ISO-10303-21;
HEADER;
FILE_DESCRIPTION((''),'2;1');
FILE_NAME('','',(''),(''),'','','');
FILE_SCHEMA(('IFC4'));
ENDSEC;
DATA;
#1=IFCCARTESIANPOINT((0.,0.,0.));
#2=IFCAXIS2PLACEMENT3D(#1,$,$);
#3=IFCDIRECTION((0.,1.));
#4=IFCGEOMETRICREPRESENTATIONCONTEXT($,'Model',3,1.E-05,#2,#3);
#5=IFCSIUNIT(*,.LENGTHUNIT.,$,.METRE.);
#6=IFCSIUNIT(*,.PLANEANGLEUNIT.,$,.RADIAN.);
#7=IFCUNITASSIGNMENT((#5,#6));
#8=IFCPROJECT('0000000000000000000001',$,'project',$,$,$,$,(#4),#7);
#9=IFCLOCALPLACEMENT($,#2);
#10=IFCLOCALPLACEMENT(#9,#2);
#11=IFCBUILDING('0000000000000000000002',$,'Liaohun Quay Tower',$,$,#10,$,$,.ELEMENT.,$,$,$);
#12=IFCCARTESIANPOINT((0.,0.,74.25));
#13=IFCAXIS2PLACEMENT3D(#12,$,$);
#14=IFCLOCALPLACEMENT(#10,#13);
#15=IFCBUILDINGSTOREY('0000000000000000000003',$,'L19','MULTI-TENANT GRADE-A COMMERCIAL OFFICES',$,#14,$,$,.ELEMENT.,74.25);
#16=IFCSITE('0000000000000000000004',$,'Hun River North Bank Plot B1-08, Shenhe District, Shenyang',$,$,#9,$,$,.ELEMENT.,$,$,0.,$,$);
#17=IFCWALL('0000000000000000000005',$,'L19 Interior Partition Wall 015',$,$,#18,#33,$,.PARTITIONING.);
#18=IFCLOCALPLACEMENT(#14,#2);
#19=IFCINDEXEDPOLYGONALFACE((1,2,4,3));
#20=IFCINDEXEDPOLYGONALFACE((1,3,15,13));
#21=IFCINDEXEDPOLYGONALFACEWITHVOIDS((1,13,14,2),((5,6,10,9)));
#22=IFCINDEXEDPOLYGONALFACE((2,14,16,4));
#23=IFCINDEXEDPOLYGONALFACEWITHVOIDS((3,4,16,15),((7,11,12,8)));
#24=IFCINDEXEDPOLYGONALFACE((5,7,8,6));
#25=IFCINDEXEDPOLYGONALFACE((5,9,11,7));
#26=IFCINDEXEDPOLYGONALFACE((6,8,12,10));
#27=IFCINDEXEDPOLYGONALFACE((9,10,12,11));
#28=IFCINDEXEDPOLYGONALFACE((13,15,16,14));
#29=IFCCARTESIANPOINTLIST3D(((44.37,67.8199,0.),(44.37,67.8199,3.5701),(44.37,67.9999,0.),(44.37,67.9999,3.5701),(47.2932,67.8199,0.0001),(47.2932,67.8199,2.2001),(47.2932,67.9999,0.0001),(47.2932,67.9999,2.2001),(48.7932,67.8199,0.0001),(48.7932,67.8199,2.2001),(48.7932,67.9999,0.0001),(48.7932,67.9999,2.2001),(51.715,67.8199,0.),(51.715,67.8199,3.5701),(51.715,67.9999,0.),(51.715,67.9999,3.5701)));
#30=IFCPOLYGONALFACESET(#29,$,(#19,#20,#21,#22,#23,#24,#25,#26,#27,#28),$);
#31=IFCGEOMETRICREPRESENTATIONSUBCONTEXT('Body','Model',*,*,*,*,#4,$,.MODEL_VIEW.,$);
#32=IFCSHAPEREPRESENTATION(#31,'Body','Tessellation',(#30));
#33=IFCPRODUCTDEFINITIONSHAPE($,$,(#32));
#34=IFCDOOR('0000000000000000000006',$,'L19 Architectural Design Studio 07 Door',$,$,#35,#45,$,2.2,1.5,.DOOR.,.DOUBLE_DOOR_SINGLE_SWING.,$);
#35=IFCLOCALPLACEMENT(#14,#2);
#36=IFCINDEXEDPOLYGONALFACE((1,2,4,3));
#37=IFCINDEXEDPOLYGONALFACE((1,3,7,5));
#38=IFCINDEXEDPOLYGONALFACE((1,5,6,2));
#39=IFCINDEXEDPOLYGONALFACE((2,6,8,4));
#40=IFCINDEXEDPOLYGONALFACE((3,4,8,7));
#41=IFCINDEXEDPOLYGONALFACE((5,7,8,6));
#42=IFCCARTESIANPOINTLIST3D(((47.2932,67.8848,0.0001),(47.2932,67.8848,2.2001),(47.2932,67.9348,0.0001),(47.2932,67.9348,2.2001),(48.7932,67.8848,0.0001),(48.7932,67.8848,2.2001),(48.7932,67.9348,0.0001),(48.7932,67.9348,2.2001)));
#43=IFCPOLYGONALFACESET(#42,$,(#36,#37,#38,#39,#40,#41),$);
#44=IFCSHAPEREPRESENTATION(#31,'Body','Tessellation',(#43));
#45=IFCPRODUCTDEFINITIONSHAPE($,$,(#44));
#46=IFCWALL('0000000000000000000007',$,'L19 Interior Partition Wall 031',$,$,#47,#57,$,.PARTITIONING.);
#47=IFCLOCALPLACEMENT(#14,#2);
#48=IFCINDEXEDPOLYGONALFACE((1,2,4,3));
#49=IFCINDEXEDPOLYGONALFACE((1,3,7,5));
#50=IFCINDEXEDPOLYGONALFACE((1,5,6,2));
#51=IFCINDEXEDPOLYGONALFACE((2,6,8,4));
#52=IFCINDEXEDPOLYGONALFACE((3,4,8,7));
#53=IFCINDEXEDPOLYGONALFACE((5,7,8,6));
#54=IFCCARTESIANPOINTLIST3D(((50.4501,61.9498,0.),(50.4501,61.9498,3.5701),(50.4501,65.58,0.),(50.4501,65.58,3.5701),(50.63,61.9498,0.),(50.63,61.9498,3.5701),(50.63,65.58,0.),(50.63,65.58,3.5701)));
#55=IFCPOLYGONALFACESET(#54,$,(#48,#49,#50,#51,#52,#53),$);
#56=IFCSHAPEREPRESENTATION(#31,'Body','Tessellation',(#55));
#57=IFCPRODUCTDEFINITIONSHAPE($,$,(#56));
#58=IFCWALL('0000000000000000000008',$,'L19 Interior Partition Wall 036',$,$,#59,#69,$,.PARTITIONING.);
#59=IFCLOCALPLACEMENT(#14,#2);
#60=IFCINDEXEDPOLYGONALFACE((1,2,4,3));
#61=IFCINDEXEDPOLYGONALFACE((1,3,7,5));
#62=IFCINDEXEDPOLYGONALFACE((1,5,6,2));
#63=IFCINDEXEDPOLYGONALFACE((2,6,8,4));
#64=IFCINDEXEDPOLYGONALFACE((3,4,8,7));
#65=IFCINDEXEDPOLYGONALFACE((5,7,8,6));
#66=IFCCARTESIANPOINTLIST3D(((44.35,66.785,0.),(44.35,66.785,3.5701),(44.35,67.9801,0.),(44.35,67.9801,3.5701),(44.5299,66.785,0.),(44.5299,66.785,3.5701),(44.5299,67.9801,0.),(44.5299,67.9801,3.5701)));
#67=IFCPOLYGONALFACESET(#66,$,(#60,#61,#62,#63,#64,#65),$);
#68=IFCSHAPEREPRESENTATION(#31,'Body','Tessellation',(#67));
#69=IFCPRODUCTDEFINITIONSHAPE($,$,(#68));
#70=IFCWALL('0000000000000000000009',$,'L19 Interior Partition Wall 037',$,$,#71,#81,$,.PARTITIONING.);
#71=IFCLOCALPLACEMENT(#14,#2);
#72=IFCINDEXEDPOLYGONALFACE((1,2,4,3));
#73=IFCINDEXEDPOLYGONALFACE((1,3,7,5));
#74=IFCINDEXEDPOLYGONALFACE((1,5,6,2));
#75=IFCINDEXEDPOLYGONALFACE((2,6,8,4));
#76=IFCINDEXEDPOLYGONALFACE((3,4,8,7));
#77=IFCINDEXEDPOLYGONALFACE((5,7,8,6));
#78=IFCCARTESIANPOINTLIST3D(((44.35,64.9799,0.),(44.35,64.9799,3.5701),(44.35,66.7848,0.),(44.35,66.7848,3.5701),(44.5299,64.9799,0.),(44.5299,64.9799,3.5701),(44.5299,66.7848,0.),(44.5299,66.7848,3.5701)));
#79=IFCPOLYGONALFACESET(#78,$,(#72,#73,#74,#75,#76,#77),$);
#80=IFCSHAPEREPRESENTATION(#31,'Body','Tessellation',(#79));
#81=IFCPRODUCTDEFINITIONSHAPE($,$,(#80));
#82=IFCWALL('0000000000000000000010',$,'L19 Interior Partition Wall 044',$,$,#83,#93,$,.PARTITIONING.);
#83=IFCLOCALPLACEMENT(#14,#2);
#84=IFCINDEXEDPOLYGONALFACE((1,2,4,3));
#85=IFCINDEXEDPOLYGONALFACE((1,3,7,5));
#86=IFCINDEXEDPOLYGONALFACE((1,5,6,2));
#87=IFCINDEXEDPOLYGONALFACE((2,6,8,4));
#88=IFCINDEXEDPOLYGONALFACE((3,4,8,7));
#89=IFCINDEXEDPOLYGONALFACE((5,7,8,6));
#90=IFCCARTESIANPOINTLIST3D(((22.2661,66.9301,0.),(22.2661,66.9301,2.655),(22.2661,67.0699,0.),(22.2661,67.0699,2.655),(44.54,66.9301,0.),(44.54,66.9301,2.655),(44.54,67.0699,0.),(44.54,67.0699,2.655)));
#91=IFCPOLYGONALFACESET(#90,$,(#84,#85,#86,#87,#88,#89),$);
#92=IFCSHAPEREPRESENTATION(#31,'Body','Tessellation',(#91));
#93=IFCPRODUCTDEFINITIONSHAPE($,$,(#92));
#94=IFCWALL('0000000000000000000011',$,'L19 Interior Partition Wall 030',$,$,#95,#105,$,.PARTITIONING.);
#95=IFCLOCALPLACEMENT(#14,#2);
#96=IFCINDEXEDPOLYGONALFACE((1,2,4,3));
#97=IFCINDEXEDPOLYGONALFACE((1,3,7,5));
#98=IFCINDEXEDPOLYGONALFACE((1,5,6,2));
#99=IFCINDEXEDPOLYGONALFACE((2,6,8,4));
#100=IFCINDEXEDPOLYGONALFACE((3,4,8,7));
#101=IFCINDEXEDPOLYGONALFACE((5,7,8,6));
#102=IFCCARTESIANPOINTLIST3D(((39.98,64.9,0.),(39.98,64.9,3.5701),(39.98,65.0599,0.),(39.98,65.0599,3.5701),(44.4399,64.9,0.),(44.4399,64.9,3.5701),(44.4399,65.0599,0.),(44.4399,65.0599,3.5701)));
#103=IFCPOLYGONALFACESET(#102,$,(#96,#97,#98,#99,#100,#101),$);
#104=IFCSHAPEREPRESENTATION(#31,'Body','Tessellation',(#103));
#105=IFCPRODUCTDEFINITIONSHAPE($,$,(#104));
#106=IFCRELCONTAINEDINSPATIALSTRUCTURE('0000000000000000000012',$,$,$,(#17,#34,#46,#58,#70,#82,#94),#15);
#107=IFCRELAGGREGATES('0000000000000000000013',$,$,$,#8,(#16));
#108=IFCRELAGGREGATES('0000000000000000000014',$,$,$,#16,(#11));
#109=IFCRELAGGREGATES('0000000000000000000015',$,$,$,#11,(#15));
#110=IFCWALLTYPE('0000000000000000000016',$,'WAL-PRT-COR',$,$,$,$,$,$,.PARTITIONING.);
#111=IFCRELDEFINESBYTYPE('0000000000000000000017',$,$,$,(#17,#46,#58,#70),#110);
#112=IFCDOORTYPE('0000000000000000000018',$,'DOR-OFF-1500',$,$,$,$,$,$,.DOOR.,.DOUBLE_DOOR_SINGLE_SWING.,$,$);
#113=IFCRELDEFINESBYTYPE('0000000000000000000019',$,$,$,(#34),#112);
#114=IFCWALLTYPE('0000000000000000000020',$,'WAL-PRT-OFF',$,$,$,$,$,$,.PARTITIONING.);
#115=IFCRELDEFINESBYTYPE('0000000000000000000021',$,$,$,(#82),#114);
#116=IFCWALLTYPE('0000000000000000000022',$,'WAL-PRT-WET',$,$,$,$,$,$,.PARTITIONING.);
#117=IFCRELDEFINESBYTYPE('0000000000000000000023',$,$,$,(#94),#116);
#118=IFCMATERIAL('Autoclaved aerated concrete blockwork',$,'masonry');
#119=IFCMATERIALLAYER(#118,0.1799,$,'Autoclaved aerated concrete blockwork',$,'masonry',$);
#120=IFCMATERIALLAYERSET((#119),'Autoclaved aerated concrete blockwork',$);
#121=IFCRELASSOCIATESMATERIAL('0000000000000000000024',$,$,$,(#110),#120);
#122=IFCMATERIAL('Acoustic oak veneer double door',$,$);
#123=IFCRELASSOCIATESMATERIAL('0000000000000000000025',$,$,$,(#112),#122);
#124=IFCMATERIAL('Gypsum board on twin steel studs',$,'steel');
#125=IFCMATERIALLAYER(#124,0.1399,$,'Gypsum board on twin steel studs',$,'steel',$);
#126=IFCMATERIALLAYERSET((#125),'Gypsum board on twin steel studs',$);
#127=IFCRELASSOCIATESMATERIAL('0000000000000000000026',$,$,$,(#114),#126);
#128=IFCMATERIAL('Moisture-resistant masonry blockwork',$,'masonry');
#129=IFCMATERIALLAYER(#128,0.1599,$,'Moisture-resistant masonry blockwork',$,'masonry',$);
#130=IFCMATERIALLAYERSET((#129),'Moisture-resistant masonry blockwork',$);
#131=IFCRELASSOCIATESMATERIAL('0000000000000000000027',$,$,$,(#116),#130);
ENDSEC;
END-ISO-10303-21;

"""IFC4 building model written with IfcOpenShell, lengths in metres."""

from ifc_helpers import new_model, si_unit, direction, frame, frame_2d, origin, place, context, subcontext, project, spatial, rectangle, extrude, source, transform, mapped, material, layer, layer_set, type_object, element, fill, save


model = new_model("IFC4")

# Units and contexts
model_context = context("Model", 3, precision=1e-05, world=origin(), true_north=direction((0.0, 1.0)))
body_context = subcontext(model_context, "Body", "Model", "MODEL_VIEW")
ifc_project = project(units=[si_unit("LENGTHUNIT", "METRE"), si_unit("PLANEANGLEUNIT", "RADIAN")], contexts=[model_context])

# Site, building, storey
site_placement = place(None, origin())
site = spatial("IfcSite", under=ifc_project, at=site_placement, Name="Hun River North Bank Plot B1-08, Shenhe District, Shenyang", CompositionType="ELEMENT", RefElevation=0.0)
building_placement = place(site_placement, origin())
building = spatial("IfcBuilding", under=site, at=building_placement, Name="Liaohun Quay Tower", CompositionType="ELEMENT")
storey_placement = place(building_placement, frame((0.0, 0.0, 74.25)))
storey = spatial("IfcBuildingStorey", under=building, at=storey_placement, Name="L19", Description="MULTI-TENANT GRADE-A COMMERCIAL OFFICES", CompositionType="ELEMENT", Elevation=74.25)

# Wall, opening, door
ifc_material_1 = material(Name="Autoclaved aerated concrete blockwork", Category="masonry")
ifc_layer_1 = layer(ifc_material_1, 0.1799, Name="Autoclaved aerated concrete blockwork", Category="masonry")
ifc_layer_set_1 = layer_set([ifc_layer_1], Name="Autoclaved aerated concrete blockwork")
wall_type_1 = type_object("IfcWallType", Name="WAL-PRT-COR", PredefinedType="PARTITIONING", material=ifc_layer_set_1)
wall_1_placement = place(storey_placement, frame((44.3701, 67.9099, 0.0), z_axis=(0.0, 0.0, 1.0), x_axis=(1.0, 0.0, 0.0)))
wall_1 = element("IfcWall", 1, at=wall_1_placement, inside=storey, type_object=wall_type_1, Name="L19 Interior Partition Wall 015", PredefinedType="PARTITIONING", context=body_context, shape_type="SweptSolid", body=[
    extrude(rectangle(XDim=7.345, YDim=0.1799, at=frame_2d((3.6724, 0.0))), origin(), (0.0, 0.0, 1.0), 3.5701),
])
shared_shape_1 = source(origin(), body_context, "Body", "SweptSolid", [
    extrude(rectangle(XDim=1.5, YDim=2.2, at=frame_2d((0.75, 1.1001))), frame((0.0, 0.0999, 0.0), z_axis=(0.0, -1.0, 0.0), x_axis=(1.0, 0.0, 0.0)), (0.0, 0.0, 1.0), 0.2),
])
opening_1_placement = place(wall_1_placement, frame((2.9231, 0.0, 0.0)))
opening_1 = element("IfcOpeningElement", 2, at=opening_1_placement, cuts=wall_1, PredefinedType="OPENING", context=body_context, shape_type="MappedRepresentation", body=[
    mapped(shared_shape_1, transform((0.0, 0.0, 0.0), x_axis=(1.0, 0.0, 0.0), y_axis=(0.0, 1.0, 0.0), z_axis=(0.0, 0.0, 1.0), scale=1.0)),
])
ifc_material_2 = material(Name="Acoustic oak veneer double door")
door_type_1 = type_object("IfcDoorType", Name="DOR-OFF-1500", OperationType="DOUBLE_DOOR_SINGLE_SWING", PredefinedType="DOOR", material=ifc_material_2)
shared_shape_2 = source(origin(), body_context, "Body", "SweptSolid", [
    extrude(rectangle(XDim=1.5, YDim=2.2, at=frame_2d((0.75, 1.1001))), frame((0.0, 0.0249, 0.0), z_axis=(0.0, -1.0, 0.0), x_axis=(1.0, 0.0, 0.0)), (0.0, 0.0, 1.0), 0.05),
])
door_1_placement = place(opening_1_placement, origin())
door_1 = element("IfcDoor", 3, at=door_1_placement, inside=storey, type_object=door_type_1, Name="L19 Architectural Design Studio 07 Door", OperationType="DOUBLE_DOOR_SINGLE_SWING", OverallHeight=2.2, OverallWidth=1.5, PredefinedType="DOOR", context=body_context, shape_type="MappedRepresentation", body=[
    mapped(shared_shape_2, transform((0.0, 0.0, 0.0), x_axis=(1.0, 0.0, 0.0), y_axis=(0.0, 1.0, 0.0), z_axis=(0.0, 0.0, 1.0), scale=1.0)),
])
fill(opening_1, door_1)

# Walls
wall_2_placement = place(storey_placement, frame((50.54, 61.95, 0.0), z_axis=(0.0, 0.0, 1.0), x_axis=(0.0, 1.0, 0.0)))
element("IfcWall", 4, at=wall_2_placement, inside=storey, type_object=wall_type_1, Name="L19 Interior Partition Wall 031", PredefinedType="PARTITIONING", context=body_context, shape_type="SweptSolid", body=[
    extrude(rectangle(XDim=3.6301, YDim=0.1799, at=frame_2d((1.8149, 0.0))), origin(), (0.0, 0.0, 1.0), 3.5701),
])
wall_3_placement = place(storey_placement, frame((44.4399, 66.7849, 0.0), z_axis=(0.0, 0.0, 1.0), x_axis=(0.0, 1.0, 0.0)))
element("IfcWall", 5, at=wall_3_placement, inside=storey, type_object=wall_type_1, Name="L19 Interior Partition Wall 036", PredefinedType="PARTITIONING", context=body_context, shape_type="SweptSolid", body=[
    extrude(rectangle(XDim=1.1951, YDim=0.1799, at=frame_2d((0.5977, 0.0))), origin(), (0.0, 0.0, 1.0), 3.5701),
])
wall_4_placement = place(storey_placement, frame((44.4399, 64.98, 0.0), z_axis=(0.0, 0.0, 1.0), x_axis=(0.0, 1.0, 0.0)))
element("IfcWall", 6, at=wall_4_placement, inside=storey, type_object=wall_type_1, Name="L19 Interior Partition Wall 037", PredefinedType="PARTITIONING", context=body_context, shape_type="SweptSolid", body=[
    extrude(rectangle(XDim=1.8049, YDim=0.1799, at=frame_2d((0.9023, 0.0))), origin(), (0.0, 0.0, 1.0), 3.5701),
])
ifc_material_3 = material(Name="Gypsum board on twin steel studs", Category="steel")
ifc_layer_2 = layer(ifc_material_3, 0.1399, Name="Gypsum board on twin steel studs", Category="steel")
ifc_layer_set_2 = layer_set([ifc_layer_2], Name="Gypsum board on twin steel studs")
wall_type_2 = type_object("IfcWallType", Name="WAL-PRT-OFF", PredefinedType="PARTITIONING", material=ifc_layer_set_2)
wall_5_placement = place(storey_placement, frame((44.54, 67.0, 0.0), z_axis=(0.0, 0.0, 1.0), x_axis=(-1.0, 0.0, 0.0)))
element("IfcWall", 7, at=wall_5_placement, inside=storey, type_object=wall_type_2, Name="L19 Interior Partition Wall 044", PredefinedType="PARTITIONING", context=body_context, shape_type="SweptSolid", body=[
    extrude(rectangle(XDim=22.2739, YDim=0.1399, at=frame_2d((11.137, 0.0))), origin(), (0.0, 0.0, 1.0), 2.655),
])

# Shared definitions
ifc_material_4 = material(Name="Moisture-resistant masonry blockwork", Category="masonry")
ifc_layer_3 = layer(ifc_material_4, 0.1599, Name="Moisture-resistant masonry blockwork", Category="masonry")
ifc_layer_set_3 = layer_set([ifc_layer_3], Name="Moisture-resistant masonry blockwork")
wall_type_3 = type_object("IfcWallType", Name="WAL-PRT-WET", PredefinedType="PARTITIONING", material=ifc_layer_set_3)

# Wall
wall_6_placement = place(storey_placement, frame((39.98, 64.98, 0.0), z_axis=(0.0, 0.0, 1.0), x_axis=(1.0, 0.0, 0.0)))
element("IfcWall", 8, at=wall_6_placement, inside=storey, type_object=wall_type_3, Name="L19 Interior Partition Wall 030", PredefinedType="PARTITIONING", context=body_context, shape_type="SweptSolid", body=[
    extrude(rectangle(XDim=4.46, YDim=0.1599, at=frame_2d((2.23, 0.0))), origin(), (0.0, 0.0, 1.0), 3.5701),
])

save(model, "model.ifc")
